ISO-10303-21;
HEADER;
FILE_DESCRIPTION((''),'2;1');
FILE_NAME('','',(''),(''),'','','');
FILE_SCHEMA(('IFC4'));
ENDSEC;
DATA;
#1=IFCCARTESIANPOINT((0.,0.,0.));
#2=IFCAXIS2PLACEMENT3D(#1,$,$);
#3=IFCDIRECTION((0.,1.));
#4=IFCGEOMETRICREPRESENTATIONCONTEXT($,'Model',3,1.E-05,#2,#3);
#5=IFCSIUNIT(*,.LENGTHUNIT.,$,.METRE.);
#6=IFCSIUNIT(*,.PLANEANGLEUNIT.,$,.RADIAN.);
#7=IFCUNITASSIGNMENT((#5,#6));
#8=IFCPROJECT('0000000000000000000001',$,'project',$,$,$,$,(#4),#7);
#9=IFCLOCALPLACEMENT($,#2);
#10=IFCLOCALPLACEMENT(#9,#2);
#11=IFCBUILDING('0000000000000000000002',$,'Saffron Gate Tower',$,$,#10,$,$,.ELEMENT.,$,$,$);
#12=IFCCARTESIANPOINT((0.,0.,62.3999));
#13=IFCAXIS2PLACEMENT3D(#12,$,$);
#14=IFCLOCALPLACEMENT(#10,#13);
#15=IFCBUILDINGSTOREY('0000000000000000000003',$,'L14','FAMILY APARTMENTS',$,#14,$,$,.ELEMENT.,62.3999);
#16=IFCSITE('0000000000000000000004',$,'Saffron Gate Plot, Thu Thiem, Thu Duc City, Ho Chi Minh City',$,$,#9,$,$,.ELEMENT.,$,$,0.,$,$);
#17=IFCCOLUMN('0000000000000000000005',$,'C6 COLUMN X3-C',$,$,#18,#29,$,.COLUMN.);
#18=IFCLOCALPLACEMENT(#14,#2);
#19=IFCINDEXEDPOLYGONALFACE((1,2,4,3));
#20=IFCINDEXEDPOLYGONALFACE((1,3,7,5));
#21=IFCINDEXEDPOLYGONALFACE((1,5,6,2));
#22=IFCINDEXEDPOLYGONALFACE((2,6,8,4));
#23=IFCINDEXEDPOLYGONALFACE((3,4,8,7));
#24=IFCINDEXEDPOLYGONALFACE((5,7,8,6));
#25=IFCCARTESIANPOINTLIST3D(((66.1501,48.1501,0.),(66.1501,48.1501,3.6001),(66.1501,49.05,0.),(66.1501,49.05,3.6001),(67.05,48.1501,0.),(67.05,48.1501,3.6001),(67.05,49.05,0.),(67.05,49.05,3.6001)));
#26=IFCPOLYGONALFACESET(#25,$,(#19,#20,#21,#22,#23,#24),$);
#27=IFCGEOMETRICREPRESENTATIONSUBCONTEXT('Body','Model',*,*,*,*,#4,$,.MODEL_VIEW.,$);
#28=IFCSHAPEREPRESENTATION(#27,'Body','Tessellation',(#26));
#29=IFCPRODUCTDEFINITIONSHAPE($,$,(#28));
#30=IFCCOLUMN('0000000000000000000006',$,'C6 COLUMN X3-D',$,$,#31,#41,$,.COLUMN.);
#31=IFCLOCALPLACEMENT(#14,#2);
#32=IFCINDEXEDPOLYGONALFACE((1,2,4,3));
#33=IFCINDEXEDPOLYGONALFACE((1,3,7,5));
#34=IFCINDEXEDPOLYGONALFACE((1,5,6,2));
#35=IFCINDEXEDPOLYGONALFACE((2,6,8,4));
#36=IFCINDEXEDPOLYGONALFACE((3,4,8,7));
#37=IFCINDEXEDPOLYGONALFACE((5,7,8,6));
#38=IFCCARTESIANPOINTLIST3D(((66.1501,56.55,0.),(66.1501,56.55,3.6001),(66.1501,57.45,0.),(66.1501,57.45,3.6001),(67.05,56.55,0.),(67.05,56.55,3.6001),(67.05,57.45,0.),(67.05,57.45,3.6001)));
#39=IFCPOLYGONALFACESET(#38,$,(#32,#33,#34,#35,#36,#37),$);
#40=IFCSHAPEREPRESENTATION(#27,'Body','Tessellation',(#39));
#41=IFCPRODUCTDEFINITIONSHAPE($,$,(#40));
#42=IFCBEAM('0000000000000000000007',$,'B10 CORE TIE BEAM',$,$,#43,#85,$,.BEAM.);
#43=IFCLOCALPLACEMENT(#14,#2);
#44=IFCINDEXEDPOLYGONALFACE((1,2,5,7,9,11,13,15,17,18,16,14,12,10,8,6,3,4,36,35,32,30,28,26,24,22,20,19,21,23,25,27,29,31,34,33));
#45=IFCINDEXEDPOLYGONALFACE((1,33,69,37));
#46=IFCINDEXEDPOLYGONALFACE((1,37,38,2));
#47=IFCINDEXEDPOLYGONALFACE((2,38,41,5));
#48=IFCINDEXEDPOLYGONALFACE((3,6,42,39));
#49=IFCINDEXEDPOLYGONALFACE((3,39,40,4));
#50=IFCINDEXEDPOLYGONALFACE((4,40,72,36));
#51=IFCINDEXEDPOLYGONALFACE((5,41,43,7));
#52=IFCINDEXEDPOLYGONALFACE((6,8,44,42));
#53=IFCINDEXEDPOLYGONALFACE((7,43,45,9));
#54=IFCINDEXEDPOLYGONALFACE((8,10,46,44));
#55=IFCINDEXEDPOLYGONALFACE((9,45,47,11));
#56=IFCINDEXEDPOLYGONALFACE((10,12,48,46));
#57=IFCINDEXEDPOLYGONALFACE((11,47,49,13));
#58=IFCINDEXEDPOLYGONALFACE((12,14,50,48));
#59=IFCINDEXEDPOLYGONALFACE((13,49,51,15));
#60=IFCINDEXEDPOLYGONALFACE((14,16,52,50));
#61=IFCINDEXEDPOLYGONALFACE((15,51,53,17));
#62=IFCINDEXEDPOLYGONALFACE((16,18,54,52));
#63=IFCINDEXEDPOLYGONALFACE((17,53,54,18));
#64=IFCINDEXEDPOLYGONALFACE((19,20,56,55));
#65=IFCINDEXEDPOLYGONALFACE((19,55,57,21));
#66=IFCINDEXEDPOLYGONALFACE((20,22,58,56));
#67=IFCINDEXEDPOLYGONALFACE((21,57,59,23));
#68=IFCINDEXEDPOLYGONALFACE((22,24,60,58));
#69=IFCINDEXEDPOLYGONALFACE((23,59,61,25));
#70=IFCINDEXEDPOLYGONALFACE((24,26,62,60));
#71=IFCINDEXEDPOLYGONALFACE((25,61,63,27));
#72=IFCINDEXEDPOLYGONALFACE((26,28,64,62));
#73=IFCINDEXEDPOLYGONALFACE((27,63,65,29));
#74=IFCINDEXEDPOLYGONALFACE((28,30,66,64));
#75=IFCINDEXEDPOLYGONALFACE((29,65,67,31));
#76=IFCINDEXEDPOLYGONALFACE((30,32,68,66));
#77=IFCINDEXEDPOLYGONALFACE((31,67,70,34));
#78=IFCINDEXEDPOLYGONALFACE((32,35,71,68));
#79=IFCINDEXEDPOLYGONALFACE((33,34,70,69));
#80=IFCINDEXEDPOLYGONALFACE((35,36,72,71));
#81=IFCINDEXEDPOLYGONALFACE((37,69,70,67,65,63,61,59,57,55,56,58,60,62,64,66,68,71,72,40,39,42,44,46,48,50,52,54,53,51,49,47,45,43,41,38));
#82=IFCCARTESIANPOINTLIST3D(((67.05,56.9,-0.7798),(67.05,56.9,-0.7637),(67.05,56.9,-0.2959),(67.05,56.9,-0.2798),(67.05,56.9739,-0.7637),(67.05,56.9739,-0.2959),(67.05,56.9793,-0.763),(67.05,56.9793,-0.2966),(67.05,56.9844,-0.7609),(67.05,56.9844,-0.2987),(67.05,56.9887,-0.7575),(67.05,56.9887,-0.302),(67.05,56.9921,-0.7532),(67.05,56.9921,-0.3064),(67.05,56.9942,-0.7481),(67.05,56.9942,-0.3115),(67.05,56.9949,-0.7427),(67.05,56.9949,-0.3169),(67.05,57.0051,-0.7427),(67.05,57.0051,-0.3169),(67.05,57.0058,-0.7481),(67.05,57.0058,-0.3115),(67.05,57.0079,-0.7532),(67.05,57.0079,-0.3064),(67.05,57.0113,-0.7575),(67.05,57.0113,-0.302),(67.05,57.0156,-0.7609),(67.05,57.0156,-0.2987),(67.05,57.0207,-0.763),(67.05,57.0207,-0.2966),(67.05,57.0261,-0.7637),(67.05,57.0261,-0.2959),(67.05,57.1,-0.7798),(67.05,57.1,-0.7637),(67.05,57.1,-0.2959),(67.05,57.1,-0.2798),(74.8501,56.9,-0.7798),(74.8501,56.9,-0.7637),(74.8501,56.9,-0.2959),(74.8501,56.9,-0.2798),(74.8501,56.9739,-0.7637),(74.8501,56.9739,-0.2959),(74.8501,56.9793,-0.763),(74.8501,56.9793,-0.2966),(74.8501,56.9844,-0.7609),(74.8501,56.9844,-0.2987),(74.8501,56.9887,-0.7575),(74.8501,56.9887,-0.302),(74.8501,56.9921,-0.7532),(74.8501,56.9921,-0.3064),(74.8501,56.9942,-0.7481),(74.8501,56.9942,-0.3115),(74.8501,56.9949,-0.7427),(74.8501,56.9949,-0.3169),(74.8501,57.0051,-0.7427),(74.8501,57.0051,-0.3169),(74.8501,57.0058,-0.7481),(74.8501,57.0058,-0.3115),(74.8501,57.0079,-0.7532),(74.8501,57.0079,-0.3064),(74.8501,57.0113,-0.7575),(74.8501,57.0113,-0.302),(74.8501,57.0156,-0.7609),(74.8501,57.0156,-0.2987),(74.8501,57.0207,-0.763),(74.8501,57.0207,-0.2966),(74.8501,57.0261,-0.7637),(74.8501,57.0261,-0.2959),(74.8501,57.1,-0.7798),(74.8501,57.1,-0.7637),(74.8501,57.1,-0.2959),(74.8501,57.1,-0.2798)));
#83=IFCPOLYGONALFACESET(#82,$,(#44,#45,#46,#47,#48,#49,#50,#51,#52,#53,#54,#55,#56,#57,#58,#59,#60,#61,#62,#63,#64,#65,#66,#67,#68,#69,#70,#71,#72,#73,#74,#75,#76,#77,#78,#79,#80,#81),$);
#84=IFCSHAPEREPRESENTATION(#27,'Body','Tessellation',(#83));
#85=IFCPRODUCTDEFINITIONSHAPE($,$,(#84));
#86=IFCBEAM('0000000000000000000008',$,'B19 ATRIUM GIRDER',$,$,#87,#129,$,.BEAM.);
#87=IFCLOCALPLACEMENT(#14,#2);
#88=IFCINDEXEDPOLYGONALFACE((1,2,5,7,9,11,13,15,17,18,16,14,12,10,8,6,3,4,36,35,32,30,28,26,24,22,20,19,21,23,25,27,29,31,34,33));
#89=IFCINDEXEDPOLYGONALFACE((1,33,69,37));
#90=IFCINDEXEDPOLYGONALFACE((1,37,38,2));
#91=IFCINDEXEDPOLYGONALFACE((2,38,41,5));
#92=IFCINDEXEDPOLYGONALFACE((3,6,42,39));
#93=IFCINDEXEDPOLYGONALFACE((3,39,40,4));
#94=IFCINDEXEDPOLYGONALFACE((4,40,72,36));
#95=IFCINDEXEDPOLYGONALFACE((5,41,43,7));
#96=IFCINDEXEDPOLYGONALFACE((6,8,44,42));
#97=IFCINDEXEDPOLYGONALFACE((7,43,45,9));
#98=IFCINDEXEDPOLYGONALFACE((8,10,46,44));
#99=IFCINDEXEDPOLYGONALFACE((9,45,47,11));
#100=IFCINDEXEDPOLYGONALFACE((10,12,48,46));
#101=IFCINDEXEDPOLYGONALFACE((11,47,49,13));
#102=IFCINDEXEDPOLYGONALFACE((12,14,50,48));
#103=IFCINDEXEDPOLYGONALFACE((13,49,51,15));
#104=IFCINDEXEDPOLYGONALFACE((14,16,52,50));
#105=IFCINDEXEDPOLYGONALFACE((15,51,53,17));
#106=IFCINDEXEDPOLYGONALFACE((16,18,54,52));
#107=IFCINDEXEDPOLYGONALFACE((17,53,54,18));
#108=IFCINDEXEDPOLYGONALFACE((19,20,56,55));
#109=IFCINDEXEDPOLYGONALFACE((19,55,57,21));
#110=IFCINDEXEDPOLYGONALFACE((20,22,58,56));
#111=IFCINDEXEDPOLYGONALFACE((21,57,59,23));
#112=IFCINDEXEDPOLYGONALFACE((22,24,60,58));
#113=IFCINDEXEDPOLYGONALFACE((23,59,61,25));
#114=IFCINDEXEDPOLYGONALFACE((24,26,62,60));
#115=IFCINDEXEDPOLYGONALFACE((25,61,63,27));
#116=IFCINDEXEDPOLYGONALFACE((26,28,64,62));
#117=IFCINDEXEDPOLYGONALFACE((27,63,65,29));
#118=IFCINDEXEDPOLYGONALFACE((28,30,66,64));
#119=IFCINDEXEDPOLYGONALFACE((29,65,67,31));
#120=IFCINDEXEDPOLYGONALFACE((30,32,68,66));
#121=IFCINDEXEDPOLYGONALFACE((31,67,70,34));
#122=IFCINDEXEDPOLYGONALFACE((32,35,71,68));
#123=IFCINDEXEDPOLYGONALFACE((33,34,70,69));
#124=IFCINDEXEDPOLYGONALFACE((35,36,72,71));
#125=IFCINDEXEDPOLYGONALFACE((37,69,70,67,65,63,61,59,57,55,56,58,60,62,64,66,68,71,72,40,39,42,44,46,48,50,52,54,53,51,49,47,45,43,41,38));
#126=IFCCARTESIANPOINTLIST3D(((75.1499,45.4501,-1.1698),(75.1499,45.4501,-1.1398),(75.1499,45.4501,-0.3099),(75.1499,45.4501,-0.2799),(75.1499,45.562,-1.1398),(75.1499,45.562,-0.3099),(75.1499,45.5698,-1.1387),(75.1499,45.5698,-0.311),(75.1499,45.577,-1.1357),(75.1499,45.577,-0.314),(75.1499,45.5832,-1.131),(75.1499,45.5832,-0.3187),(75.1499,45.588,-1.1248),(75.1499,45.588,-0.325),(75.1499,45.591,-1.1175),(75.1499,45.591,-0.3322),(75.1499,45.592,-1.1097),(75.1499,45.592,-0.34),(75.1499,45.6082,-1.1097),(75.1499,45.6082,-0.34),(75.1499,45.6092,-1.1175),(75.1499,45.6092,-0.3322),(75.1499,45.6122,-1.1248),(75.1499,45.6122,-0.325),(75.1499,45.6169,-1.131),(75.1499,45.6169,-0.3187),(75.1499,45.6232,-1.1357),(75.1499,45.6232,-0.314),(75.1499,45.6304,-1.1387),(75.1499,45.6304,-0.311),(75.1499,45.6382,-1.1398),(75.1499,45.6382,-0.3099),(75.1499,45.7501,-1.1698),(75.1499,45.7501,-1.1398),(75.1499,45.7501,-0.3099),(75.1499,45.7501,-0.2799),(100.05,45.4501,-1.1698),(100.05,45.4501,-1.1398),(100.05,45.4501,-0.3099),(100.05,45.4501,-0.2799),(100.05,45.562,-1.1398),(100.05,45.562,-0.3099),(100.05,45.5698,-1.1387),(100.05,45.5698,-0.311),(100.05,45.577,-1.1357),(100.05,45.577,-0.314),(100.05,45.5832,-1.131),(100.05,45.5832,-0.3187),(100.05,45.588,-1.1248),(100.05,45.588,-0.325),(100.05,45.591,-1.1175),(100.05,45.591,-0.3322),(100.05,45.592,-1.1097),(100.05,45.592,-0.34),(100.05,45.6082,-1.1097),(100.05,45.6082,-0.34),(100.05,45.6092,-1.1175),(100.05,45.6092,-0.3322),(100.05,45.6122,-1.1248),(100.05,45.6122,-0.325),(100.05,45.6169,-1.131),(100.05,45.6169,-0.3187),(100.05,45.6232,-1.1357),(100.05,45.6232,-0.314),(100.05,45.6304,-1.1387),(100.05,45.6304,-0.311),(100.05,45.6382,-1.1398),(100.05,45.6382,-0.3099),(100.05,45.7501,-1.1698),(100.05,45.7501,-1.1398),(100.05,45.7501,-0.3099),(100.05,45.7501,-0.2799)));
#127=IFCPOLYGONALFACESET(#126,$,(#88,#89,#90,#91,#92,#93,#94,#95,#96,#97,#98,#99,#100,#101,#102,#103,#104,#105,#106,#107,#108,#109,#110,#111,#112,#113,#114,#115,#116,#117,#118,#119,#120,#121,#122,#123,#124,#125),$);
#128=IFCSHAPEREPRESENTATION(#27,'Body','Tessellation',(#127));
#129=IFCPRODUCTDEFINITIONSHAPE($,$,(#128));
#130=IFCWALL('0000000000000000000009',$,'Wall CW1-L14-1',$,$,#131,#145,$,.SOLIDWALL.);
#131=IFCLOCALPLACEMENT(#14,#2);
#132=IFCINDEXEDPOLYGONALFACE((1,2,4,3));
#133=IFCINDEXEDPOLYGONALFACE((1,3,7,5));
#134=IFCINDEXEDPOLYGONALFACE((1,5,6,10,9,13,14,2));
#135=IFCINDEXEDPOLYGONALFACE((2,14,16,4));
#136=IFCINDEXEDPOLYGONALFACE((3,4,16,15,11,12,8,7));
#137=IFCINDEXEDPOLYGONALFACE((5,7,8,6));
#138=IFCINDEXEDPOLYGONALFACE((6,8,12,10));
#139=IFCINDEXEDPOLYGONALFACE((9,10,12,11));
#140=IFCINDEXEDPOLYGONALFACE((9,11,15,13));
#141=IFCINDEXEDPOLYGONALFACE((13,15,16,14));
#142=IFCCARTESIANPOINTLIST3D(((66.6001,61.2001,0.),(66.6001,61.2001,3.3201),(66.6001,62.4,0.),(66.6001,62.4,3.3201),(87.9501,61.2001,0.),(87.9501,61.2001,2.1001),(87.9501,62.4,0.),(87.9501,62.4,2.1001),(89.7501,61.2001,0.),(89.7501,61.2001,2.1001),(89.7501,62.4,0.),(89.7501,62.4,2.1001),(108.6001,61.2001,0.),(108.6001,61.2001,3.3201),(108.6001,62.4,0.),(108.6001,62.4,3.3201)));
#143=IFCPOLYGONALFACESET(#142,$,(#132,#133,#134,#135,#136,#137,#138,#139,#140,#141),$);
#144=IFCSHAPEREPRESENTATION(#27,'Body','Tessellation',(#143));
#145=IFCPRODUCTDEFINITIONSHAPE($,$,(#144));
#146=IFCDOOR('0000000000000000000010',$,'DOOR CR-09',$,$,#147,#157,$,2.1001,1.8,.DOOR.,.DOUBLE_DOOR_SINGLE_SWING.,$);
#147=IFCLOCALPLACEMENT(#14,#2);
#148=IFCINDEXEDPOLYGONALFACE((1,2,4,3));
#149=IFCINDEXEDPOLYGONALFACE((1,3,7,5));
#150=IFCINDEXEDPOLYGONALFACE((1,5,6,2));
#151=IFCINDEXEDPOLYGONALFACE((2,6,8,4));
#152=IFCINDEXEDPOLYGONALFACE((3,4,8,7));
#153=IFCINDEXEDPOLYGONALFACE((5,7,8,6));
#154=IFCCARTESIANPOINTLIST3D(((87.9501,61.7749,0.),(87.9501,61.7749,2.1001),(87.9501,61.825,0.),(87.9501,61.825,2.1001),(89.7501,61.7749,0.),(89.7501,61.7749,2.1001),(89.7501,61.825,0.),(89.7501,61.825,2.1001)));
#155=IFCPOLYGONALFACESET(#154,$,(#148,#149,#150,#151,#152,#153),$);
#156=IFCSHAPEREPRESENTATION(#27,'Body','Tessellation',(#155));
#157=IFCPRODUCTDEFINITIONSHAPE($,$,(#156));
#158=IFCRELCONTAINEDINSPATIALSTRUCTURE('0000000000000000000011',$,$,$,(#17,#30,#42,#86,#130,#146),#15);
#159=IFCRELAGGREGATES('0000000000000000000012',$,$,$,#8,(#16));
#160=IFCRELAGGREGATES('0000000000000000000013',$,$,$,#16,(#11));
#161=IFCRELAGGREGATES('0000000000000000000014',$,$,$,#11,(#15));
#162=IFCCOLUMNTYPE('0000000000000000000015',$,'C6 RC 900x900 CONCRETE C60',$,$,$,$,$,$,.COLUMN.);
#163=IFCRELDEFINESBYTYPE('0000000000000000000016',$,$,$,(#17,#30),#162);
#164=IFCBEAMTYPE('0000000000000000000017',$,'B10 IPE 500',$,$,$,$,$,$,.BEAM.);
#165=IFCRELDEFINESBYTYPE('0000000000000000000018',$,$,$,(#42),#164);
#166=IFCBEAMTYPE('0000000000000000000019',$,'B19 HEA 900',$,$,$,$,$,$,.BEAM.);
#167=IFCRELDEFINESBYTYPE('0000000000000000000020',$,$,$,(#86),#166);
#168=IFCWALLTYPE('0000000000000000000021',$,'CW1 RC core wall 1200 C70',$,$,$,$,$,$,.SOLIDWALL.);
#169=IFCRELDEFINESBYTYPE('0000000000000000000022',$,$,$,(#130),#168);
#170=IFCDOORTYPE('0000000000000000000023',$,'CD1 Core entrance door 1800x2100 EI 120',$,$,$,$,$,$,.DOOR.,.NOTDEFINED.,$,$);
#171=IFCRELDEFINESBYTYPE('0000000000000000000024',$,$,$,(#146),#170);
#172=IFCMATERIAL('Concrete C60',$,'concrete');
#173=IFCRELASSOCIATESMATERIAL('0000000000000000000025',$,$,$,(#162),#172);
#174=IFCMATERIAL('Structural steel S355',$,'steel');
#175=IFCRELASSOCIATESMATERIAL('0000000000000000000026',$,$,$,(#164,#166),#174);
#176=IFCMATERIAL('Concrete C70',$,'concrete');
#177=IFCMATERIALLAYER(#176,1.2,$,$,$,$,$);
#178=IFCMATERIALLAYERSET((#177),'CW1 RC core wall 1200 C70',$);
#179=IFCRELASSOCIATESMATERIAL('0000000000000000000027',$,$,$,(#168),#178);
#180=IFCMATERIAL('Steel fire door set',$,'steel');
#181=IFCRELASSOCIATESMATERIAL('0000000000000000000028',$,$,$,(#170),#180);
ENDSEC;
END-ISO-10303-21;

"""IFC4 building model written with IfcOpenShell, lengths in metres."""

from ifc_helpers import new_model, si_unit, direction, frame, frame_2d, origin, origin_2d, place, context, subcontext, project, spatial, rectangle, i_section, extrude, material, layer, layer_set, material_profile, profile_set, type_object, element, fill, save


model = new_model("IFC4")

# Units and contexts
model_context = context("Model", 3, precision=1e-05, world=origin(), true_north=direction((0.0, 1.0)))
body_context = subcontext(model_context, "Body", "Model", "MODEL_VIEW")
ifc_project = project(units=[si_unit("LENGTHUNIT", "METRE"), si_unit("PLANEANGLEUNIT", "RADIAN")], contexts=[model_context])

# Site, building, storey
site_placement = place(None, origin())
site = spatial("IfcSite", under=ifc_project, at=site_placement, Name="Saffron Gate Plot, Thu Thiem, Thu Duc City, Ho Chi Minh City", CompositionType="ELEMENT", RefElevation=0.0)
building_placement = place(site_placement, origin())
building = spatial("IfcBuilding", under=site, at=building_placement, Name="Saffron Gate Tower", CompositionType="ELEMENT")
storey_placement = place(building_placement, frame((0.0, 0.0, 62.3999)))
storey = spatial("IfcBuildingStorey", under=building, at=storey_placement, Name="L14", Description="FAMILY APARTMENTS", CompositionType="ELEMENT", Elevation=62.3999)

# Columns
ifc_material_1 = material(Name="Concrete C60", Category="concrete")
ifc_material_profile_1 = material_profile(ifc_material_1, rectangle(XDim=0.8999, YDim=0.8999, at=origin_2d()))
ifc_profile_set_1 = profile_set([ifc_material_profile_1], Name="Concrete C60")
column_type = type_object("IfcColumnType", Name="C6 RC 900x900 CONCRETE C60", PredefinedType="COLUMN", material=ifc_profile_set_1)
for number, where, z_axis, x_axis, name in (
    (1, (66.6001, 48.6001, 0.0), (0.0, 0.0, 1.0), (1.0, 0.0, 0.0), "C6 COLUMN X3-C"),
    (2, (66.6001, 57.0, 0.0), (0.0, 0.0, 1.0), (1.0, 0.0, 0.0), "C6 COLUMN X3-D"),
):
    element("IfcColumn", number, at=place(storey_placement, frame(where, z_axis=z_axis, x_axis=x_axis)), inside=storey, type_object=column_type, Name=name, PredefinedType="COLUMN", context=body_context, shape_type="SweptSolid", body=[
        extrude(rectangle(XDim=0.8999, YDim=0.8999, at=origin_2d()), origin(), (0.0, 0.0, 1.0), 3.6001),
    ])

# Beams
ifc_material_2 = material(Name="Structural steel S355", Category="steel")
ifc_material_profile_2 = material_profile(ifc_material_2, i_section(OverallWidth=0.2, OverallDepth=0.5, WebThickness=0.0103, FlangeThickness=0.0161, FilletRadius=0.021, at=origin_2d()))
ifc_profile_set_2 = profile_set([ifc_material_profile_2], Name="Structural steel S355")
beam_type_1 = type_object("IfcBeamType", Name="B10 IPE 500", PredefinedType="BEAM", material=ifc_profile_set_2)
beam_1_placement = place(storey_placement, frame((67.05, 57.0, -0.5298), z_axis=(1.0, 0.0, 0.0), x_axis=(0.0, 1.0, 0.0)))
element("IfcBeam", 3, at=beam_1_placement, inside=storey, type_object=beam_type_1, Name="B10 CORE TIE BEAM", PredefinedType="BEAM", context=body_context, shape_type="SweptSolid", body=[
    extrude(i_section(OverallWidth=0.2, OverallDepth=0.5, WebThickness=0.0103, FlangeThickness=0.0161, FilletRadius=0.021, at=origin_2d()), origin(), (0.0, 0.0, 1.0), 7.8),
])
ifc_material_profile_3 = material_profile(ifc_material_2, i_section(OverallWidth=0.3, OverallDepth=0.8899, WebThickness=0.0161, FlangeThickness=0.03, FilletRadius=0.03, at=origin_2d()))
ifc_profile_set_3 = profile_set([ifc_material_profile_3], Name="Structural steel S355")
beam_type_2 = type_object("IfcBeamType", Name="B19 HEA 900", PredefinedType="BEAM", material=ifc_profile_set_3)
beam_2_placement = place(storey_placement, frame((75.1499, 45.6001, -0.7249), z_axis=(1.0, 0.0, 0.0), x_axis=(0.0, 1.0, 0.0)))
element("IfcBeam", 4, at=beam_2_placement, inside=storey, type_object=beam_type_2, Name="B19 ATRIUM GIRDER", PredefinedType="BEAM", context=body_context, shape_type="SweptSolid", body=[
    extrude(i_section(OverallWidth=0.3, OverallDepth=0.8899, WebThickness=0.0161, FlangeThickness=0.03, FilletRadius=0.03, at=origin_2d()), origin(), (0.0, 0.0, 1.0), 24.9001),
])

# Wall, opening, door
ifc_material_3 = material(Name="Concrete C70", Category="concrete")
ifc_layer_1 = layer(ifc_material_3, 1.2)
ifc_layer_set_1 = layer_set([ifc_layer_1], Name="CW1 RC core wall 1200 C70")
wall_type_1 = type_object("IfcWallType", Name="CW1 RC core wall 1200 C70", PredefinedType="SOLIDWALL", material=ifc_layer_set_1)
wall_1_placement = place(storey_placement, frame((66.6001, 61.8, 0.0), z_axis=(0.0, 0.0, 1.0), x_axis=(1.0, 0.0, 0.0)))
wall_1 = element("IfcWall", 5, at=wall_1_placement, inside=storey, type_object=wall_type_1, Name="Wall CW1-L14-1", PredefinedType="SOLIDWALL", context=body_context, shape_type="SweptSolid", body=[
    extrude(rectangle(XDim=42.0, YDim=1.2, at=frame_2d((21.0, 0.0))), origin(), (0.0, 0.0, 1.0), 3.3201),
])
opening_1_placement = place(wall_1_placement, frame((21.3501, 0.0, 0.0)))
opening_1 = element("IfcOpeningElement", 6, at=opening_1_placement, cuts=wall_1, PredefinedType="OPENING", context=body_context, shape_type="SweptSolid", body=[
    extrude(rectangle(XDim=1.8, YDim=2.1001, at=frame_2d((0.8999, 1.05))), frame((0.0, 0.6099, 0.0), z_axis=(0.0, -1.0, 0.0), x_axis=(1.0, 0.0, 0.0)), (0.0, 0.0, 1.0), 1.22),
])
ifc_material_4 = material(Name="Steel fire door set", Category="steel")
door_type_1 = type_object("IfcDoorType", Name="CD1 Core entrance door 1800x2100 EI 120", OperationType="NOTDEFINED", PredefinedType="DOOR", material=ifc_material_4)
door_1_placement = place(opening_1_placement, origin())
door_1 = element("IfcDoor", 7, at=door_1_placement, inside=storey, type_object=door_type_1, Name="DOOR CR-09", OperationType="DOUBLE_DOOR_SINGLE_SWING", OverallHeight=2.1001, OverallWidth=1.8, PredefinedType="DOOR", context=body_context, shape_type="SweptSolid", body=[
    extrude(rectangle(XDim=1.8, YDim=2.1001, at=frame_2d((0.8999, 1.05))), frame((0.0, 0.0249, 0.0), z_axis=(0.0, -1.0, 0.0), x_axis=(1.0, 0.0, 0.0)), (0.0, 0.0, 1.0), 0.05),
])
fill(opening_1, door_1)

save(model, "model.ifc")
